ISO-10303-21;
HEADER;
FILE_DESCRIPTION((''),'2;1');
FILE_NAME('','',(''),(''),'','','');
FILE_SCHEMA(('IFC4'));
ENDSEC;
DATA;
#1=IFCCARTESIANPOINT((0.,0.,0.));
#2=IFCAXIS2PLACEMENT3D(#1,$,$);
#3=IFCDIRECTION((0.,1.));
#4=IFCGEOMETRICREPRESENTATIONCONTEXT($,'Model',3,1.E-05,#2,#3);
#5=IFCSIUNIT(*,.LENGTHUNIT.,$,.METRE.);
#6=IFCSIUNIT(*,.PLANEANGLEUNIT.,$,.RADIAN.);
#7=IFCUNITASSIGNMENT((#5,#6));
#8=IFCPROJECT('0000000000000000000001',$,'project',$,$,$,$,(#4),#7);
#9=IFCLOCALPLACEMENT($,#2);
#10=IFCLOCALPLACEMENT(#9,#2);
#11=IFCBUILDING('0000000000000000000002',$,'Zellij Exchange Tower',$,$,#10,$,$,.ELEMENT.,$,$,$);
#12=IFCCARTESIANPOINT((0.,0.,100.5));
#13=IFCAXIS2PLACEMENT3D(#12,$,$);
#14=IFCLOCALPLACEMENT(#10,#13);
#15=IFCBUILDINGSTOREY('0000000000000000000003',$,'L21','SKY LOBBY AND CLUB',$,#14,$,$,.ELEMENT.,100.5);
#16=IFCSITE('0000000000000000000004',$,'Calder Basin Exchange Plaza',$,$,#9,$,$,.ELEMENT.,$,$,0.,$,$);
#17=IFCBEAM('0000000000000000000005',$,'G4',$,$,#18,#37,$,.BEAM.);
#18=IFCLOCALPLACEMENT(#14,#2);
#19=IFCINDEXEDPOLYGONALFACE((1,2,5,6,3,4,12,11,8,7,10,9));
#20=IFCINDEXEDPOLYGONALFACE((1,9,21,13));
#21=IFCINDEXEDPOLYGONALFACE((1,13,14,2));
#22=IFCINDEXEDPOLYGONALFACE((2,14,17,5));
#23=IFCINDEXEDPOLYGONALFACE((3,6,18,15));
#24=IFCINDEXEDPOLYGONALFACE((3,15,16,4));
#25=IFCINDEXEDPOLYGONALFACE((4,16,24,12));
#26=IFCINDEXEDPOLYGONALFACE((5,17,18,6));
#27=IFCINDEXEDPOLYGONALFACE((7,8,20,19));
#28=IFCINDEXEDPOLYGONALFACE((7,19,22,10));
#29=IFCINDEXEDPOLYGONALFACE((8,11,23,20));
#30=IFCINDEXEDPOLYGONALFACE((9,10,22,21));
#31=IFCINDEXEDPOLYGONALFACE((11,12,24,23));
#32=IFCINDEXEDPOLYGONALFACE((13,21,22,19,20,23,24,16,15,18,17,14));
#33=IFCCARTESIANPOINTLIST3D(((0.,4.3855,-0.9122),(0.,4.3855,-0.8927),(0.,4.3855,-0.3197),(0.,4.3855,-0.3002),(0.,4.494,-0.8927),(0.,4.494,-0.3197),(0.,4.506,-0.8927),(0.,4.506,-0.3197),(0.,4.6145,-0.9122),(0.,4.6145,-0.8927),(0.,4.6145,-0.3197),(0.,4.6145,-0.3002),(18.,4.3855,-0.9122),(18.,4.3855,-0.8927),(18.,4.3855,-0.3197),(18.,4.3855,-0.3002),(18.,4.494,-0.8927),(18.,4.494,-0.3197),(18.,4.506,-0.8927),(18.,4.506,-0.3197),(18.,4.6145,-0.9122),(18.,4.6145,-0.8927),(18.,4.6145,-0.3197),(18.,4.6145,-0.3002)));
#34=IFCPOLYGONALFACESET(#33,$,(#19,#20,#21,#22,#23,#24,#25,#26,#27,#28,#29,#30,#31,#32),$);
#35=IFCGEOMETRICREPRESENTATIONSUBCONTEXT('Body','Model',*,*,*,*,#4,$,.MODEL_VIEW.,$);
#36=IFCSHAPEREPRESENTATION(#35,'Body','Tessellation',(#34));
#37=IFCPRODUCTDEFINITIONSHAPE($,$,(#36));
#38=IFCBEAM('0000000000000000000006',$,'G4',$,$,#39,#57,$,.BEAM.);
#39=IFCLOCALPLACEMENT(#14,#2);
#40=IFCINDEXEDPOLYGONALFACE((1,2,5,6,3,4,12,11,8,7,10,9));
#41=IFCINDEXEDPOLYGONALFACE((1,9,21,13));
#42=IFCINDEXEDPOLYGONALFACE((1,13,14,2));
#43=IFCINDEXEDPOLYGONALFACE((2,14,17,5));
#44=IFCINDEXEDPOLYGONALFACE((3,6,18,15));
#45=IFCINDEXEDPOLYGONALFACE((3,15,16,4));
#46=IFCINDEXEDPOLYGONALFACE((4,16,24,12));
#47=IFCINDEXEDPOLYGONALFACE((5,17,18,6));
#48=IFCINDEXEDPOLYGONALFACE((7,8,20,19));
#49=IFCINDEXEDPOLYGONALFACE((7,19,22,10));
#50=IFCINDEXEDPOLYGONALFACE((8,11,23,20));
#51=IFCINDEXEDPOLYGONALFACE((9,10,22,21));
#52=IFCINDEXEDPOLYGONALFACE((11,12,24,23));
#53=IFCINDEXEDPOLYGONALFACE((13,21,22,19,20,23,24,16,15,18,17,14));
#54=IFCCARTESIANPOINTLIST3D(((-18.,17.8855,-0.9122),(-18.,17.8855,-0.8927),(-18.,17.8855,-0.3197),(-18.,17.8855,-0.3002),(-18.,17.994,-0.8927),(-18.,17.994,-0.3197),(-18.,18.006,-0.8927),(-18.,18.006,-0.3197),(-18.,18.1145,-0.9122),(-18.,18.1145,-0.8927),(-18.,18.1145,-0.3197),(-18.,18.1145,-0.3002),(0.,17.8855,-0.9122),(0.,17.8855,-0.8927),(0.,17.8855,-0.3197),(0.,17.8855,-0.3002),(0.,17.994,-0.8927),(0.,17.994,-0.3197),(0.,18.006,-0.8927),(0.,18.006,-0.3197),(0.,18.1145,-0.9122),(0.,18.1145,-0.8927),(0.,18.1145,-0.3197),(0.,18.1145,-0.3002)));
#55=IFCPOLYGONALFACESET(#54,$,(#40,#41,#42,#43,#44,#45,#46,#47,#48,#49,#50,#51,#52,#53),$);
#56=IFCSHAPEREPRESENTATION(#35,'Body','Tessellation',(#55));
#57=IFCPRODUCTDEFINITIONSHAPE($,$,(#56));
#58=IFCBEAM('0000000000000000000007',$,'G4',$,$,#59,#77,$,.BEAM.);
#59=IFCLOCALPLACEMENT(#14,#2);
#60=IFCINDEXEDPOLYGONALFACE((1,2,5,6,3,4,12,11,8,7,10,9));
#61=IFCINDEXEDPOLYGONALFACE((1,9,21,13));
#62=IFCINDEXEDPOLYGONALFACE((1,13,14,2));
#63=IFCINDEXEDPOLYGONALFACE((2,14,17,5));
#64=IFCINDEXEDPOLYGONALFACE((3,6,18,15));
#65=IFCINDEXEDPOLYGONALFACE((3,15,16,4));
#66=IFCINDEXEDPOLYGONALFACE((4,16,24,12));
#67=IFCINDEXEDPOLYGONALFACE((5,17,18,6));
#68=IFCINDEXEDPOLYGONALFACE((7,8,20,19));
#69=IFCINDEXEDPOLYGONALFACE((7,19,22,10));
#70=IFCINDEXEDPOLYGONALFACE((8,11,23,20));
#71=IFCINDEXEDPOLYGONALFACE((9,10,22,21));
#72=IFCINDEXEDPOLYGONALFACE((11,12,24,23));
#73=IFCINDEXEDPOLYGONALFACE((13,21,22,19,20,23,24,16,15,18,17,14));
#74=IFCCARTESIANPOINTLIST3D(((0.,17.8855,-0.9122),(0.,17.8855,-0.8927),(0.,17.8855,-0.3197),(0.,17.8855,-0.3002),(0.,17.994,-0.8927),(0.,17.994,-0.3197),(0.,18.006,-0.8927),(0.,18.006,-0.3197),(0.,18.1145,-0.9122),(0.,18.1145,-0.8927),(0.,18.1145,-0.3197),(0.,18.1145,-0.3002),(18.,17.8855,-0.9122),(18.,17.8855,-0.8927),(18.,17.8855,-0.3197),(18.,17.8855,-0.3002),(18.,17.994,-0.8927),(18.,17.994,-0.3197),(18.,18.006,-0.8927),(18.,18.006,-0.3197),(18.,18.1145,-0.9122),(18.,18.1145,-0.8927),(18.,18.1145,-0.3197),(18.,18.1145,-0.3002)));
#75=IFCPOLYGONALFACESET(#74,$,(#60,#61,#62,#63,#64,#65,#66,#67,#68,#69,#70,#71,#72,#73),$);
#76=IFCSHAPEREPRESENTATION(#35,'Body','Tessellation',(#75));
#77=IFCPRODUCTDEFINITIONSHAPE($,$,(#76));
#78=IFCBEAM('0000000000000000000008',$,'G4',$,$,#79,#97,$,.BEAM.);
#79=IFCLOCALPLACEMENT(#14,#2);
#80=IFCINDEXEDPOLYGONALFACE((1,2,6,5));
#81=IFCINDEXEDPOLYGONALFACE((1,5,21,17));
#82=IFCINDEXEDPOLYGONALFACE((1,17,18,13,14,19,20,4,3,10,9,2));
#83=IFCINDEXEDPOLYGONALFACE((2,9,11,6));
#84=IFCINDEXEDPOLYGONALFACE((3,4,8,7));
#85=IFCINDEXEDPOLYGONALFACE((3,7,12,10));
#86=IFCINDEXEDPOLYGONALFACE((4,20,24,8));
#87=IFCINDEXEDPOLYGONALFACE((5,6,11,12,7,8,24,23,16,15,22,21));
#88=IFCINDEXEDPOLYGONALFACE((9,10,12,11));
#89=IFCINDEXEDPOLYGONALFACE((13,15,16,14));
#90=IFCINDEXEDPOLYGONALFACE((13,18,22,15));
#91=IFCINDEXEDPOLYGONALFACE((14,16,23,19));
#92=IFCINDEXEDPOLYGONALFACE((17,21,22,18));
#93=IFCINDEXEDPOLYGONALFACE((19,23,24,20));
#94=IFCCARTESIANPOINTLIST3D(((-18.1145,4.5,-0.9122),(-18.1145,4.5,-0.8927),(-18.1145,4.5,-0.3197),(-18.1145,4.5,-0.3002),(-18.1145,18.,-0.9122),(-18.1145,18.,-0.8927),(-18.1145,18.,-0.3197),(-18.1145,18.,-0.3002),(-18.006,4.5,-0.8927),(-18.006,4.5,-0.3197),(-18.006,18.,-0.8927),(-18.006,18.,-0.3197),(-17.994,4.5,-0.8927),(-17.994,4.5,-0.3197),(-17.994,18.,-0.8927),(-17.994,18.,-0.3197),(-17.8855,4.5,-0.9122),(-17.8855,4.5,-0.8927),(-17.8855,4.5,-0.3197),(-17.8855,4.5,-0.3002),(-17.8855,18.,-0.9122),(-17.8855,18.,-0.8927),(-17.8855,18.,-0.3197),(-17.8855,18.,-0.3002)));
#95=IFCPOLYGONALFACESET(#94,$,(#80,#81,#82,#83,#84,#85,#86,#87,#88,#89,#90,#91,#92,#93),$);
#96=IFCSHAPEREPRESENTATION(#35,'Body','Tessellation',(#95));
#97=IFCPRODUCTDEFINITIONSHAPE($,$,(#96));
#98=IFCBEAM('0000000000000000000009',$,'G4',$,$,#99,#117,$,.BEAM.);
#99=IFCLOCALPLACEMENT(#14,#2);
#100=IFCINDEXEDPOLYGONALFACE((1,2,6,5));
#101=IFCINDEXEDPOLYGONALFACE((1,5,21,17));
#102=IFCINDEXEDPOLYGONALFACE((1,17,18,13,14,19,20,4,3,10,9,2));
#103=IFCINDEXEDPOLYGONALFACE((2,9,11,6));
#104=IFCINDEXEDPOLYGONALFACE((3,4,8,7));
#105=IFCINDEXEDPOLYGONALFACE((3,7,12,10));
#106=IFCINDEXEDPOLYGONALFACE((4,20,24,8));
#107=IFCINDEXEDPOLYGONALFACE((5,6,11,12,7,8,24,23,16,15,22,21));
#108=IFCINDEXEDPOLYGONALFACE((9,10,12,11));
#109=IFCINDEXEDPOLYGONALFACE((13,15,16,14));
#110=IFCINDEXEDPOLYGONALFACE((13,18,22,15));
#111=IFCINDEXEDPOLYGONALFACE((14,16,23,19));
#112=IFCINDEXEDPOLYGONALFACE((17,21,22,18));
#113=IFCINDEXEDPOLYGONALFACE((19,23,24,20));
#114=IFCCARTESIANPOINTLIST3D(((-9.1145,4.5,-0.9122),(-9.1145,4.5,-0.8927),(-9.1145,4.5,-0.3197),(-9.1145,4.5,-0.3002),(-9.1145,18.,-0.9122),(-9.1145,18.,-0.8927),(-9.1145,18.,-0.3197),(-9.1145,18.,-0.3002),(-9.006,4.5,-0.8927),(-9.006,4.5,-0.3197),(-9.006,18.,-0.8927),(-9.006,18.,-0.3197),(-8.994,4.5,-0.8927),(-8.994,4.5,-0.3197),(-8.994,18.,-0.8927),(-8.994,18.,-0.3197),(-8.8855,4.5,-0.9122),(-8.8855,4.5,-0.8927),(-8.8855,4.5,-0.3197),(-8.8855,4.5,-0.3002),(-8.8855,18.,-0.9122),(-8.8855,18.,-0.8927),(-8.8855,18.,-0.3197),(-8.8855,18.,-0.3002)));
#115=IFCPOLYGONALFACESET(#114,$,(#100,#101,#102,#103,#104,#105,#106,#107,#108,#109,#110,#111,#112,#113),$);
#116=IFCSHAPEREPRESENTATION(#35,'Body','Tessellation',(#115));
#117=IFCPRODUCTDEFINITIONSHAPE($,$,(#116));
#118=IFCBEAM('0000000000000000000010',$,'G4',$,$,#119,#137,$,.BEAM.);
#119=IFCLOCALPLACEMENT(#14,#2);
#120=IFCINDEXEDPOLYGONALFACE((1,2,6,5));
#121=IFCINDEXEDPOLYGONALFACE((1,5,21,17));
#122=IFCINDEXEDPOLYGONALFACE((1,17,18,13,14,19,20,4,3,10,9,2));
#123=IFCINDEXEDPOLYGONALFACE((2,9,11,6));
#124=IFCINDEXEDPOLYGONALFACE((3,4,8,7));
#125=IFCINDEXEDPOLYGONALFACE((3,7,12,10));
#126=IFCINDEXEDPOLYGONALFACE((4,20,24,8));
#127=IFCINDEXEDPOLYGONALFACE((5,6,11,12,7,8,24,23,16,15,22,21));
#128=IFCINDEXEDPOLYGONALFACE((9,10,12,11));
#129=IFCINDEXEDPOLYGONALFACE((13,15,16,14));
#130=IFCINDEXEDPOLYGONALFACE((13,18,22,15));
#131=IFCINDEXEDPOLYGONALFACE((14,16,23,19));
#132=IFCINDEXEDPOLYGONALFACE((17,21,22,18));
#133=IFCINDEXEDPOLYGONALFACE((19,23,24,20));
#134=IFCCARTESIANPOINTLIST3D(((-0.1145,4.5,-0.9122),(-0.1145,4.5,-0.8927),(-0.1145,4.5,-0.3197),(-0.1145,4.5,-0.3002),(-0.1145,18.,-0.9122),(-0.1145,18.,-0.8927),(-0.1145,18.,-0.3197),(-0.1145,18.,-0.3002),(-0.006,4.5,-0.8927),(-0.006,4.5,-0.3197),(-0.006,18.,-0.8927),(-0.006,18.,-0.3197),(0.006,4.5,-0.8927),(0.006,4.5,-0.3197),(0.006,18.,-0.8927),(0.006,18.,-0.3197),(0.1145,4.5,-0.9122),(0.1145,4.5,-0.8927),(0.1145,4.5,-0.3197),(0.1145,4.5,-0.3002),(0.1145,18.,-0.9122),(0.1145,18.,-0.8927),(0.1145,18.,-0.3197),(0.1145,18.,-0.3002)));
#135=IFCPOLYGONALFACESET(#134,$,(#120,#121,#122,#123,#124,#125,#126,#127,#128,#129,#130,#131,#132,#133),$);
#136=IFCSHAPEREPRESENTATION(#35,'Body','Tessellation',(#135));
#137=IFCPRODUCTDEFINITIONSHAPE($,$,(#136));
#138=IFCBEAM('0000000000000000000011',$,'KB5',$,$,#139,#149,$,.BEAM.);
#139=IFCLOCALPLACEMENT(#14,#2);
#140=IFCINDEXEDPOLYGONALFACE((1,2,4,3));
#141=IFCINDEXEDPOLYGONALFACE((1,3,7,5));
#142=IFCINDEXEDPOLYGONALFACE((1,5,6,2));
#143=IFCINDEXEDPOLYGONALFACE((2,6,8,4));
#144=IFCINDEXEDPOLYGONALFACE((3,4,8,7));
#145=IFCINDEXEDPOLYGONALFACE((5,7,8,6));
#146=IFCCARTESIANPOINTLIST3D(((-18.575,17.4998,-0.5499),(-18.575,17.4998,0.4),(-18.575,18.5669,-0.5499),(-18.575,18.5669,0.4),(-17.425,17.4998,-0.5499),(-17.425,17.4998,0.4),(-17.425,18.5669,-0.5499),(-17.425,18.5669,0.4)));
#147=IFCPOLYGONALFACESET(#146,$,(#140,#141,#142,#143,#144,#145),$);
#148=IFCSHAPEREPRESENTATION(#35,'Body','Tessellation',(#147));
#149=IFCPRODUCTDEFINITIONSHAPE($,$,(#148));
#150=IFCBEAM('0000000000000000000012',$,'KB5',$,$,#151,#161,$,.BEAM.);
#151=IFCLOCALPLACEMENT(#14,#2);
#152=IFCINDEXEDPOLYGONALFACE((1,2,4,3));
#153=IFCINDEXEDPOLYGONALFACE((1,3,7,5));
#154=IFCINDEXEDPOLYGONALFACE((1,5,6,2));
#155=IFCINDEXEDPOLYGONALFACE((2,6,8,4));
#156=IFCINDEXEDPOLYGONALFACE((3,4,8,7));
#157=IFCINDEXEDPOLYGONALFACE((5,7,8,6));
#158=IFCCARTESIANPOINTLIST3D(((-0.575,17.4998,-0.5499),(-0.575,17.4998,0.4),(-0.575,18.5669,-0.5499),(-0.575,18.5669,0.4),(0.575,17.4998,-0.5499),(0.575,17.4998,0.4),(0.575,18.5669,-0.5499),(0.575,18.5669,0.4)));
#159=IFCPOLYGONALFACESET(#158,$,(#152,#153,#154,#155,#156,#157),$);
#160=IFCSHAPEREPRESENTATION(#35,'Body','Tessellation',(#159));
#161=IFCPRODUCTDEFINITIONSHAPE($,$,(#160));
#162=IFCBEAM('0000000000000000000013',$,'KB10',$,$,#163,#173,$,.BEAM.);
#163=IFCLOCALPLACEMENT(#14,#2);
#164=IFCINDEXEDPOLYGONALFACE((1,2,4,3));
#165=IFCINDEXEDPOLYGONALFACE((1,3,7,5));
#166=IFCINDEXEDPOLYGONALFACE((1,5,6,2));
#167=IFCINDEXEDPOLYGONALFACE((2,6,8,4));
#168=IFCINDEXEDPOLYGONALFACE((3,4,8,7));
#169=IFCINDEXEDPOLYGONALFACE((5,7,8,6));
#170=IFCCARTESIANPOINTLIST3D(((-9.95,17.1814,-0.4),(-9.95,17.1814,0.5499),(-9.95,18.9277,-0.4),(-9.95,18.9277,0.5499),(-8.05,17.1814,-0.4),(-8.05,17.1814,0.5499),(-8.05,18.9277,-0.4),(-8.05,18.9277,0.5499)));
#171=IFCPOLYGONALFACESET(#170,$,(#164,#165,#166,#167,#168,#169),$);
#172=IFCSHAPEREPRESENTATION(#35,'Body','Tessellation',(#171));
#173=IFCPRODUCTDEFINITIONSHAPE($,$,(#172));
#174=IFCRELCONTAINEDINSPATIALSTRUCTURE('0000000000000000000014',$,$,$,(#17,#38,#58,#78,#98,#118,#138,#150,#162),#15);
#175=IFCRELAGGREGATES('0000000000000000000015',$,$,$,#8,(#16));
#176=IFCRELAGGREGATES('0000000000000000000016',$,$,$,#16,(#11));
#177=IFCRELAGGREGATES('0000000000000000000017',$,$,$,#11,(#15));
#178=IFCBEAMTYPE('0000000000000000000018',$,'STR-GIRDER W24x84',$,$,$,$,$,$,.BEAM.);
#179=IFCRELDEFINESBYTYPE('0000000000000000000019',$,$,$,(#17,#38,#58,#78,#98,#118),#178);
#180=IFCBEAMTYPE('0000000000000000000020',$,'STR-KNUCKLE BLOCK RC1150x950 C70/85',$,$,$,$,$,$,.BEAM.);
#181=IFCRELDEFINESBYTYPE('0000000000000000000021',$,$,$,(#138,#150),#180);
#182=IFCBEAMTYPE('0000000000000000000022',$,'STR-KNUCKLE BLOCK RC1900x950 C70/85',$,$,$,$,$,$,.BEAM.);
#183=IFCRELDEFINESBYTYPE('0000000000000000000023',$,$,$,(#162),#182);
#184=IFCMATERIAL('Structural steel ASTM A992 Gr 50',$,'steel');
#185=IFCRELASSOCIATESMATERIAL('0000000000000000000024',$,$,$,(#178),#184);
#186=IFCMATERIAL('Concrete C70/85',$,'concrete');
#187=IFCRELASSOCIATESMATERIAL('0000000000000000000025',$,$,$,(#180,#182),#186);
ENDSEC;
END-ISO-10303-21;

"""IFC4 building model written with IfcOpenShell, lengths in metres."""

from ifc_helpers import new_model, si_unit, direction, frame, origin, origin_2d, place, context, subcontext, project, spatial, rectangle, i_section, extrude, material, material_profile, profile_set, type_object, element, save


model = new_model("IFC4")

# Units and contexts
model_context = context("Model", 3, precision=1e-05, world=origin(), true_north=direction((0.0, 1.0)))
body_context = subcontext(model_context, "Body", "Model", "MODEL_VIEW")
ifc_project = project(units=[si_unit("LENGTHUNIT", "METRE"), si_unit("PLANEANGLEUNIT", "RADIAN")], contexts=[model_context])

# Site, building, storey
site_placement = place(None, origin())
site = spatial("IfcSite", under=ifc_project, at=site_placement, Name="Calder Basin Exchange Plaza", CompositionType="ELEMENT", RefElevation=0.0)
building_placement = place(site_placement, origin())
building = spatial("IfcBuilding", under=site, at=building_placement, Name="Zellij Exchange Tower", CompositionType="ELEMENT")
storey_placement = place(building_placement, frame((0.0, 0.0, 100.5)))
storey = spatial("IfcBuildingStorey", under=building, at=storey_placement, Name="L21", Description="SKY LOBBY AND CLUB", CompositionType="ELEMENT", Elevation=100.5)

# Shared definitions
ifc_material_1 = material(Name="Concrete C70/85", Category="concrete")

# Beams
ifc_material_2 = material(Name="Structural steel ASTM A992 Gr 50", Category="steel")
ifc_material_profile_1 = material_profile(ifc_material_2, i_section(OverallWidth=0.229, OverallDepth=0.6121, WebThickness=0.012, FlangeThickness=0.0195, at=origin_2d()), Name="W24x84")
ifc_profile_set_1 = profile_set([ifc_material_profile_1], Name="Structural steel ASTM A992 Gr 50")
beam_type_1 = type_object("IfcBeamType", Name="STR-GIRDER W24x84", PredefinedType="BEAM", material=ifc_profile_set_1)
for number, where, z_axis, x_axis, name in (
    (1, (0.0, 4.5, -0.6062), (1.0, 0.0, 0.0), (0.0, 1.0, 0.0), "G4"),
    (2, (-18.0, 18.0, -0.6062), (1.0, 0.0, 0.0), (0.0, 1.0, 0.0), "G4"),
    (3, (0.0, 18.0, -0.6062), (1.0, 0.0, 0.0), (0.0, 1.0, 0.0), "G4"),
):
    element("IfcBeam", number, at=place(storey_placement, frame(where, z_axis=z_axis, x_axis=x_axis)), inside=storey, type_object=beam_type_1, Name=name, PredefinedType="BEAM", context=body_context, shape_type="SweptSolid", body=[
        extrude(i_section(OverallWidth=0.229, OverallDepth=0.6121, WebThickness=0.012, FlangeThickness=0.0195, at=origin_2d()), origin(), (0.0, 0.0, 1.0), 18.0),
    ])
for number, where, z_axis, x_axis, name in (
    (4, (-18.0, 4.5, -0.6062), (0.0, 1.0, 0.0), (-1.0, 0.0, 0.0), "G4"),
    (5, (-9.0, 4.5, -0.6062), (0.0, 1.0, 0.0), (-1.0, 0.0, 0.0), "G4"),
    (6, (0.0, 4.5, -0.6062), (0.0, 1.0, 0.0), (-1.0, 0.0, 0.0), "G4"),
):
    element("IfcBeam", number, at=place(storey_placement, frame(where, z_axis=z_axis, x_axis=x_axis)), inside=storey, type_object=beam_type_1, Name=name, PredefinedType="BEAM", context=body_context, shape_type="SweptSolid", body=[
        extrude(i_section(OverallWidth=0.229, OverallDepth=0.6121, WebThickness=0.012, FlangeThickness=0.0195, at=origin_2d()), origin(), (0.0, 0.0, 1.0), 13.5),
    ])
ifc_material_profile_2 = material_profile(ifc_material_1, rectangle(XDim=1.1499, YDim=0.95, at=origin_2d()), Name="STR-KNUCKLE BLOCK RC1150x950 C70/85")
ifc_profile_set_2 = profile_set([ifc_material_profile_2], Name="Concrete C70/85")
beam_type_2 = type_object("IfcBeamType", Name="STR-KNUCKLE BLOCK RC1150x950 C70/85", PredefinedType="BEAM", material=ifc_profile_set_2)
for number, where, z_axis, x_axis, name in (
    (7, (-18.0, 17.4998, -0.075), (0.0, 1.0, 0.0), (-1.0, 0.0, 0.0), "KB5"),
    (8, (0.0, 17.4998, -0.075), (0.0, 1.0, 0.0), (-1.0, 0.0, 0.0), "KB5"),
):
    element("IfcBeam", number, at=place(storey_placement, frame(where, z_axis=z_axis, x_axis=x_axis)), inside=storey, type_object=beam_type_2, Name=name, PredefinedType="BEAM", context=body_context, shape_type="SweptSolid", body=[
        extrude(rectangle(XDim=1.1499, YDim=0.95, at=origin_2d()), origin(), (0.0, 0.0, 1.0), 1.0671),
    ])
ifc_material_profile_3 = material_profile(ifc_material_1, rectangle(XDim=1.8999, YDim=0.95, at=origin_2d()), Name="STR-KNUCKLE BLOCK RC1900x950 C70/85")
ifc_profile_set_3 = profile_set([ifc_material_profile_3], Name="Concrete C70/85")
beam_type_3 = type_object("IfcBeamType", Name="STR-KNUCKLE BLOCK RC1900x950 C70/85", PredefinedType="BEAM", material=ifc_profile_set_3)
beam_placement = place(storey_placement, frame((-9.0, 17.1814, 0.075), z_axis=(0.0, 1.0, 0.0), x_axis=(-1.0, 0.0, 0.0)))
element("IfcBeam", 9, at=beam_placement, inside=storey, type_object=beam_type_3, Name="KB10", PredefinedType="BEAM", context=body_context, shape_type="SweptSolid", body=[
    extrude(rectangle(XDim=1.8999, YDim=0.95, at=origin_2d()), origin(), (0.0, 0.0, 1.0), 1.7463),
])

save(model, "model.ifc")
